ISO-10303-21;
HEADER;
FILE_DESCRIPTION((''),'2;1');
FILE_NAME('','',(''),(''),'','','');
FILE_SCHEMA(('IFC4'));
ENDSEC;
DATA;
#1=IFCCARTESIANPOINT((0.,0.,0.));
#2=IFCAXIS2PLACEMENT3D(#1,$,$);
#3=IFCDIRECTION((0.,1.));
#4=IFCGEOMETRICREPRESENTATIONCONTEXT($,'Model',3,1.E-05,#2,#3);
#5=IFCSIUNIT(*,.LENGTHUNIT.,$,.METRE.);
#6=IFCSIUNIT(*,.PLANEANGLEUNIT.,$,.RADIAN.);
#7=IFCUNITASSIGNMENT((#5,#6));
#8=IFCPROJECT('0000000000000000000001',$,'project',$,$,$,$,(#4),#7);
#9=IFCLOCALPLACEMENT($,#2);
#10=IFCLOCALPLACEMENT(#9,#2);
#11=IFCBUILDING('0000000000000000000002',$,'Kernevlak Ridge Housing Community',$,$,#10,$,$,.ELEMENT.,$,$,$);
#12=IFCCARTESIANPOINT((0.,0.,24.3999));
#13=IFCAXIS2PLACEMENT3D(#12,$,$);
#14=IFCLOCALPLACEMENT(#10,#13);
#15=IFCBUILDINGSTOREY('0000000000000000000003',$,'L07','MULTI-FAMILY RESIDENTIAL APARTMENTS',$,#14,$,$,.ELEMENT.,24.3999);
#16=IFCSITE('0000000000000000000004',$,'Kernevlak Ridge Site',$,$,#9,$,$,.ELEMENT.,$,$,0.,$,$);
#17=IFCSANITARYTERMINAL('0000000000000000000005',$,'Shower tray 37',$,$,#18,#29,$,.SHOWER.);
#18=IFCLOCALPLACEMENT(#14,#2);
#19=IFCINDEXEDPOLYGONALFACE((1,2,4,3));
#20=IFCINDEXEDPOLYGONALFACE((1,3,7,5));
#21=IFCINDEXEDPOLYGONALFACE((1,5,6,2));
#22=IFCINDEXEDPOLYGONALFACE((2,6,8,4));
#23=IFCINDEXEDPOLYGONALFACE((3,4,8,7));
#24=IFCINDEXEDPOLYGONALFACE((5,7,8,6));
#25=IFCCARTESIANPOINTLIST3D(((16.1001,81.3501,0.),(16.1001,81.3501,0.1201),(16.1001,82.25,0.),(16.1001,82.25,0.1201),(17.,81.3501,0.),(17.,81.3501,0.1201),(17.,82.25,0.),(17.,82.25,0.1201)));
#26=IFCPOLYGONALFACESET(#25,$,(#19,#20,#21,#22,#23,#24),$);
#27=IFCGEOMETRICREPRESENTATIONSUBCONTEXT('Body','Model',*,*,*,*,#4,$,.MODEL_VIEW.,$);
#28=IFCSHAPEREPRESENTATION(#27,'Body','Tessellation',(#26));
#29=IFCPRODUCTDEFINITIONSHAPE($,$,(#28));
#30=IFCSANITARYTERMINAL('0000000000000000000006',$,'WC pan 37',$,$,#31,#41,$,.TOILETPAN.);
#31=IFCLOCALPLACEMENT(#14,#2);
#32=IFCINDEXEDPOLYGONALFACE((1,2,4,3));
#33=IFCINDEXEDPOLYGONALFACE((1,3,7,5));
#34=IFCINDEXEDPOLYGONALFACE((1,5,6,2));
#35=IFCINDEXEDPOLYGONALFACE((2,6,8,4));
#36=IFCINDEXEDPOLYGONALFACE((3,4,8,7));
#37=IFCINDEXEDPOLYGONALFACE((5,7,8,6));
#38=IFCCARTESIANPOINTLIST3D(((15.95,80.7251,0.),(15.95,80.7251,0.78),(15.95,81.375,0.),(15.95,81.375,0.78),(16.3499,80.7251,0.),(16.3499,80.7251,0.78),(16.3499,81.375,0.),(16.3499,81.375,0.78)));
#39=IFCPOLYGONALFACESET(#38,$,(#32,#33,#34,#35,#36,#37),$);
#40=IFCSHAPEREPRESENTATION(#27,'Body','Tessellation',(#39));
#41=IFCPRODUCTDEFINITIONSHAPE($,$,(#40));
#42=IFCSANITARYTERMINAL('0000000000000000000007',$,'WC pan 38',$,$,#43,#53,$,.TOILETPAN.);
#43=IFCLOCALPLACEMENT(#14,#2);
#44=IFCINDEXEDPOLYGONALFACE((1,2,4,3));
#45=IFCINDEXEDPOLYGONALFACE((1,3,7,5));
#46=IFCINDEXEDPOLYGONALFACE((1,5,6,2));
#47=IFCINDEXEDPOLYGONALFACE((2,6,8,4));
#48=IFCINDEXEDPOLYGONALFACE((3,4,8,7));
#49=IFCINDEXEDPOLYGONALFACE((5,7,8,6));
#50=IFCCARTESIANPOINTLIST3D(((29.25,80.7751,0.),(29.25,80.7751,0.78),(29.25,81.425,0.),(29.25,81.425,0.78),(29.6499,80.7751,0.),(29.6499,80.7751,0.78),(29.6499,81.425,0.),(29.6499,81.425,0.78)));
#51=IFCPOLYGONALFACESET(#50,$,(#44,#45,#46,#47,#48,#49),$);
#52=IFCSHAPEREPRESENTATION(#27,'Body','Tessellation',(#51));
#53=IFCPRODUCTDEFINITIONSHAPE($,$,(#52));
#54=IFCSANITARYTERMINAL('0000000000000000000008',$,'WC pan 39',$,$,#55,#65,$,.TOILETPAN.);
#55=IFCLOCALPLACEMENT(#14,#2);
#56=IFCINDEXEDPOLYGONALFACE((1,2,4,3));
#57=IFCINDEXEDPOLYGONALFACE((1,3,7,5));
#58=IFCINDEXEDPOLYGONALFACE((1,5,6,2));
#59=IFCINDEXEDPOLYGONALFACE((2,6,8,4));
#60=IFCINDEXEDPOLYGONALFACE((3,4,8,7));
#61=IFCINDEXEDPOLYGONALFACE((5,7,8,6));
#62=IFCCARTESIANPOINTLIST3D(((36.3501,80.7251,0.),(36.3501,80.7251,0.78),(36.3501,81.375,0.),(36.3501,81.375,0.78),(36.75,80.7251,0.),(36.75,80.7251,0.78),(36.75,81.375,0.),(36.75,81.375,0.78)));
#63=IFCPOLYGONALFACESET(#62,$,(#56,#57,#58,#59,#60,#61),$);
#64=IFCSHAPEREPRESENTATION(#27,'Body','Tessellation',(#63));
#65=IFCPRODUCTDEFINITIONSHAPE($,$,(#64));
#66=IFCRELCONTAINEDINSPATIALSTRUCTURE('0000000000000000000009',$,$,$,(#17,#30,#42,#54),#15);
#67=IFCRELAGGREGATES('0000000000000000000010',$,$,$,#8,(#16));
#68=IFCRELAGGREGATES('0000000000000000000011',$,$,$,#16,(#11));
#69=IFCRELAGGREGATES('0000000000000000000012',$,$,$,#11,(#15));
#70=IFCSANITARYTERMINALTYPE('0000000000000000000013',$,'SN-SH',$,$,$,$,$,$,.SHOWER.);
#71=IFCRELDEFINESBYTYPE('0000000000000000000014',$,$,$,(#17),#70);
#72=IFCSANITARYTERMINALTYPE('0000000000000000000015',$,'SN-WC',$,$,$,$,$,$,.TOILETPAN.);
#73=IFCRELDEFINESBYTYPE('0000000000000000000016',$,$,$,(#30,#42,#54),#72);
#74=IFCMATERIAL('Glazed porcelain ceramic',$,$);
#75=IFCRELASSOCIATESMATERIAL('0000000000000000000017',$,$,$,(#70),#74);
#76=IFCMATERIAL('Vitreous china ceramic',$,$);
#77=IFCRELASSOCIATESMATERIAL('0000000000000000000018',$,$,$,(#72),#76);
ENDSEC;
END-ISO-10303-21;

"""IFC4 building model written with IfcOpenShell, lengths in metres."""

from ifc_helpers import new_model, si_unit, direction, frame, origin, origin_2d, place, context, subcontext, project, spatial, rectangle, extrude, material, type_object, element, save


model = new_model("IFC4")

# Units and contexts
model_context = context("Model", 3, precision=1e-05, world=origin(), true_north=direction((0.0, 1.0)))
body_context = subcontext(model_context, "Body", "Model", "MODEL_VIEW")
ifc_project = project(units=[si_unit("LENGTHUNIT", "METRE"), si_unit("PLANEANGLEUNIT", "RADIAN")], contexts=[model_context])

# Site, building, storey
site_placement = place(None, origin())
site = spatial("IfcSite", under=ifc_project, at=site_placement, Name="Kernevlak Ridge Site", CompositionType="ELEMENT", RefElevation=0.0)
building_placement = place(site_placement, origin())
building = spatial("IfcBuilding", under=site, at=building_placement, Name="Kernevlak Ridge Housing Community", CompositionType="ELEMENT")
storey_placement = place(building_placement, frame((0.0, 0.0, 24.3999)))
storey = spatial("IfcBuildingStorey", under=building, at=storey_placement, Name="L07", Description="MULTI-FAMILY RESIDENTIAL APARTMENTS", CompositionType="ELEMENT", Elevation=24.3999)

# Sanitary terminals
ifc_material_1 = material(Name="Vitreous china ceramic")
ifc_material_2 = material(Name="Glazed porcelain ceramic")
sanitary_terminal_type_1 = type_object("IfcSanitaryTerminalType", Name="SN-SH", PredefinedType="SHOWER", material=ifc_material_2)
sanitary_terminal_placement = place(storey_placement, frame((16.55, 81.8, 0.0), z_axis=(0.0, 0.0, 1.0), x_axis=(1.0, 0.0, 0.0)))
element("IfcSanitaryTerminal", 1, at=sanitary_terminal_placement, inside=storey, type_object=sanitary_terminal_type_1, Name="Shower tray 37", PredefinedType="SHOWER", context=body_context, shape_type="SweptSolid", body=[
    extrude(rectangle(XDim=0.8999, YDim=0.8999, at=origin_2d()), origin(), (0.0, 0.0, 1.0), 0.1201),
])
sanitary_terminal_type_2 = type_object("IfcSanitaryTerminalType", Name="SN-WC", PredefinedType="TOILETPAN", material=ifc_material_1)
for number, where, z_axis, x_axis, name in (
    (2, (16.1499, 81.05, 0.0), (0.0, 0.0, 1.0), (1.0, 0.0, 0.0), "WC pan 37"),
    (3, (29.45, 81.1001, 0.0), (0.0, 0.0, 1.0), (1.0, 0.0, 0.0), "WC pan 38"),
    (4, (36.55, 81.05, 0.0), (0.0, 0.0, 1.0), (1.0, 0.0, 0.0), "WC pan 39"),
):
    element("IfcSanitaryTerminal", number, at=place(storey_placement, frame(where, z_axis=z_axis, x_axis=x_axis)), inside=storey, type_object=sanitary_terminal_type_2, Name=name, PredefinedType="TOILETPAN", context=body_context, shape_type="SweptSolid", body=[
        extrude(rectangle(XDim=0.3999, YDim=0.6499, at=origin_2d()), origin(), (0.0, 0.0, 1.0), 0.78),
    ])

save(model, "model.ifc")
